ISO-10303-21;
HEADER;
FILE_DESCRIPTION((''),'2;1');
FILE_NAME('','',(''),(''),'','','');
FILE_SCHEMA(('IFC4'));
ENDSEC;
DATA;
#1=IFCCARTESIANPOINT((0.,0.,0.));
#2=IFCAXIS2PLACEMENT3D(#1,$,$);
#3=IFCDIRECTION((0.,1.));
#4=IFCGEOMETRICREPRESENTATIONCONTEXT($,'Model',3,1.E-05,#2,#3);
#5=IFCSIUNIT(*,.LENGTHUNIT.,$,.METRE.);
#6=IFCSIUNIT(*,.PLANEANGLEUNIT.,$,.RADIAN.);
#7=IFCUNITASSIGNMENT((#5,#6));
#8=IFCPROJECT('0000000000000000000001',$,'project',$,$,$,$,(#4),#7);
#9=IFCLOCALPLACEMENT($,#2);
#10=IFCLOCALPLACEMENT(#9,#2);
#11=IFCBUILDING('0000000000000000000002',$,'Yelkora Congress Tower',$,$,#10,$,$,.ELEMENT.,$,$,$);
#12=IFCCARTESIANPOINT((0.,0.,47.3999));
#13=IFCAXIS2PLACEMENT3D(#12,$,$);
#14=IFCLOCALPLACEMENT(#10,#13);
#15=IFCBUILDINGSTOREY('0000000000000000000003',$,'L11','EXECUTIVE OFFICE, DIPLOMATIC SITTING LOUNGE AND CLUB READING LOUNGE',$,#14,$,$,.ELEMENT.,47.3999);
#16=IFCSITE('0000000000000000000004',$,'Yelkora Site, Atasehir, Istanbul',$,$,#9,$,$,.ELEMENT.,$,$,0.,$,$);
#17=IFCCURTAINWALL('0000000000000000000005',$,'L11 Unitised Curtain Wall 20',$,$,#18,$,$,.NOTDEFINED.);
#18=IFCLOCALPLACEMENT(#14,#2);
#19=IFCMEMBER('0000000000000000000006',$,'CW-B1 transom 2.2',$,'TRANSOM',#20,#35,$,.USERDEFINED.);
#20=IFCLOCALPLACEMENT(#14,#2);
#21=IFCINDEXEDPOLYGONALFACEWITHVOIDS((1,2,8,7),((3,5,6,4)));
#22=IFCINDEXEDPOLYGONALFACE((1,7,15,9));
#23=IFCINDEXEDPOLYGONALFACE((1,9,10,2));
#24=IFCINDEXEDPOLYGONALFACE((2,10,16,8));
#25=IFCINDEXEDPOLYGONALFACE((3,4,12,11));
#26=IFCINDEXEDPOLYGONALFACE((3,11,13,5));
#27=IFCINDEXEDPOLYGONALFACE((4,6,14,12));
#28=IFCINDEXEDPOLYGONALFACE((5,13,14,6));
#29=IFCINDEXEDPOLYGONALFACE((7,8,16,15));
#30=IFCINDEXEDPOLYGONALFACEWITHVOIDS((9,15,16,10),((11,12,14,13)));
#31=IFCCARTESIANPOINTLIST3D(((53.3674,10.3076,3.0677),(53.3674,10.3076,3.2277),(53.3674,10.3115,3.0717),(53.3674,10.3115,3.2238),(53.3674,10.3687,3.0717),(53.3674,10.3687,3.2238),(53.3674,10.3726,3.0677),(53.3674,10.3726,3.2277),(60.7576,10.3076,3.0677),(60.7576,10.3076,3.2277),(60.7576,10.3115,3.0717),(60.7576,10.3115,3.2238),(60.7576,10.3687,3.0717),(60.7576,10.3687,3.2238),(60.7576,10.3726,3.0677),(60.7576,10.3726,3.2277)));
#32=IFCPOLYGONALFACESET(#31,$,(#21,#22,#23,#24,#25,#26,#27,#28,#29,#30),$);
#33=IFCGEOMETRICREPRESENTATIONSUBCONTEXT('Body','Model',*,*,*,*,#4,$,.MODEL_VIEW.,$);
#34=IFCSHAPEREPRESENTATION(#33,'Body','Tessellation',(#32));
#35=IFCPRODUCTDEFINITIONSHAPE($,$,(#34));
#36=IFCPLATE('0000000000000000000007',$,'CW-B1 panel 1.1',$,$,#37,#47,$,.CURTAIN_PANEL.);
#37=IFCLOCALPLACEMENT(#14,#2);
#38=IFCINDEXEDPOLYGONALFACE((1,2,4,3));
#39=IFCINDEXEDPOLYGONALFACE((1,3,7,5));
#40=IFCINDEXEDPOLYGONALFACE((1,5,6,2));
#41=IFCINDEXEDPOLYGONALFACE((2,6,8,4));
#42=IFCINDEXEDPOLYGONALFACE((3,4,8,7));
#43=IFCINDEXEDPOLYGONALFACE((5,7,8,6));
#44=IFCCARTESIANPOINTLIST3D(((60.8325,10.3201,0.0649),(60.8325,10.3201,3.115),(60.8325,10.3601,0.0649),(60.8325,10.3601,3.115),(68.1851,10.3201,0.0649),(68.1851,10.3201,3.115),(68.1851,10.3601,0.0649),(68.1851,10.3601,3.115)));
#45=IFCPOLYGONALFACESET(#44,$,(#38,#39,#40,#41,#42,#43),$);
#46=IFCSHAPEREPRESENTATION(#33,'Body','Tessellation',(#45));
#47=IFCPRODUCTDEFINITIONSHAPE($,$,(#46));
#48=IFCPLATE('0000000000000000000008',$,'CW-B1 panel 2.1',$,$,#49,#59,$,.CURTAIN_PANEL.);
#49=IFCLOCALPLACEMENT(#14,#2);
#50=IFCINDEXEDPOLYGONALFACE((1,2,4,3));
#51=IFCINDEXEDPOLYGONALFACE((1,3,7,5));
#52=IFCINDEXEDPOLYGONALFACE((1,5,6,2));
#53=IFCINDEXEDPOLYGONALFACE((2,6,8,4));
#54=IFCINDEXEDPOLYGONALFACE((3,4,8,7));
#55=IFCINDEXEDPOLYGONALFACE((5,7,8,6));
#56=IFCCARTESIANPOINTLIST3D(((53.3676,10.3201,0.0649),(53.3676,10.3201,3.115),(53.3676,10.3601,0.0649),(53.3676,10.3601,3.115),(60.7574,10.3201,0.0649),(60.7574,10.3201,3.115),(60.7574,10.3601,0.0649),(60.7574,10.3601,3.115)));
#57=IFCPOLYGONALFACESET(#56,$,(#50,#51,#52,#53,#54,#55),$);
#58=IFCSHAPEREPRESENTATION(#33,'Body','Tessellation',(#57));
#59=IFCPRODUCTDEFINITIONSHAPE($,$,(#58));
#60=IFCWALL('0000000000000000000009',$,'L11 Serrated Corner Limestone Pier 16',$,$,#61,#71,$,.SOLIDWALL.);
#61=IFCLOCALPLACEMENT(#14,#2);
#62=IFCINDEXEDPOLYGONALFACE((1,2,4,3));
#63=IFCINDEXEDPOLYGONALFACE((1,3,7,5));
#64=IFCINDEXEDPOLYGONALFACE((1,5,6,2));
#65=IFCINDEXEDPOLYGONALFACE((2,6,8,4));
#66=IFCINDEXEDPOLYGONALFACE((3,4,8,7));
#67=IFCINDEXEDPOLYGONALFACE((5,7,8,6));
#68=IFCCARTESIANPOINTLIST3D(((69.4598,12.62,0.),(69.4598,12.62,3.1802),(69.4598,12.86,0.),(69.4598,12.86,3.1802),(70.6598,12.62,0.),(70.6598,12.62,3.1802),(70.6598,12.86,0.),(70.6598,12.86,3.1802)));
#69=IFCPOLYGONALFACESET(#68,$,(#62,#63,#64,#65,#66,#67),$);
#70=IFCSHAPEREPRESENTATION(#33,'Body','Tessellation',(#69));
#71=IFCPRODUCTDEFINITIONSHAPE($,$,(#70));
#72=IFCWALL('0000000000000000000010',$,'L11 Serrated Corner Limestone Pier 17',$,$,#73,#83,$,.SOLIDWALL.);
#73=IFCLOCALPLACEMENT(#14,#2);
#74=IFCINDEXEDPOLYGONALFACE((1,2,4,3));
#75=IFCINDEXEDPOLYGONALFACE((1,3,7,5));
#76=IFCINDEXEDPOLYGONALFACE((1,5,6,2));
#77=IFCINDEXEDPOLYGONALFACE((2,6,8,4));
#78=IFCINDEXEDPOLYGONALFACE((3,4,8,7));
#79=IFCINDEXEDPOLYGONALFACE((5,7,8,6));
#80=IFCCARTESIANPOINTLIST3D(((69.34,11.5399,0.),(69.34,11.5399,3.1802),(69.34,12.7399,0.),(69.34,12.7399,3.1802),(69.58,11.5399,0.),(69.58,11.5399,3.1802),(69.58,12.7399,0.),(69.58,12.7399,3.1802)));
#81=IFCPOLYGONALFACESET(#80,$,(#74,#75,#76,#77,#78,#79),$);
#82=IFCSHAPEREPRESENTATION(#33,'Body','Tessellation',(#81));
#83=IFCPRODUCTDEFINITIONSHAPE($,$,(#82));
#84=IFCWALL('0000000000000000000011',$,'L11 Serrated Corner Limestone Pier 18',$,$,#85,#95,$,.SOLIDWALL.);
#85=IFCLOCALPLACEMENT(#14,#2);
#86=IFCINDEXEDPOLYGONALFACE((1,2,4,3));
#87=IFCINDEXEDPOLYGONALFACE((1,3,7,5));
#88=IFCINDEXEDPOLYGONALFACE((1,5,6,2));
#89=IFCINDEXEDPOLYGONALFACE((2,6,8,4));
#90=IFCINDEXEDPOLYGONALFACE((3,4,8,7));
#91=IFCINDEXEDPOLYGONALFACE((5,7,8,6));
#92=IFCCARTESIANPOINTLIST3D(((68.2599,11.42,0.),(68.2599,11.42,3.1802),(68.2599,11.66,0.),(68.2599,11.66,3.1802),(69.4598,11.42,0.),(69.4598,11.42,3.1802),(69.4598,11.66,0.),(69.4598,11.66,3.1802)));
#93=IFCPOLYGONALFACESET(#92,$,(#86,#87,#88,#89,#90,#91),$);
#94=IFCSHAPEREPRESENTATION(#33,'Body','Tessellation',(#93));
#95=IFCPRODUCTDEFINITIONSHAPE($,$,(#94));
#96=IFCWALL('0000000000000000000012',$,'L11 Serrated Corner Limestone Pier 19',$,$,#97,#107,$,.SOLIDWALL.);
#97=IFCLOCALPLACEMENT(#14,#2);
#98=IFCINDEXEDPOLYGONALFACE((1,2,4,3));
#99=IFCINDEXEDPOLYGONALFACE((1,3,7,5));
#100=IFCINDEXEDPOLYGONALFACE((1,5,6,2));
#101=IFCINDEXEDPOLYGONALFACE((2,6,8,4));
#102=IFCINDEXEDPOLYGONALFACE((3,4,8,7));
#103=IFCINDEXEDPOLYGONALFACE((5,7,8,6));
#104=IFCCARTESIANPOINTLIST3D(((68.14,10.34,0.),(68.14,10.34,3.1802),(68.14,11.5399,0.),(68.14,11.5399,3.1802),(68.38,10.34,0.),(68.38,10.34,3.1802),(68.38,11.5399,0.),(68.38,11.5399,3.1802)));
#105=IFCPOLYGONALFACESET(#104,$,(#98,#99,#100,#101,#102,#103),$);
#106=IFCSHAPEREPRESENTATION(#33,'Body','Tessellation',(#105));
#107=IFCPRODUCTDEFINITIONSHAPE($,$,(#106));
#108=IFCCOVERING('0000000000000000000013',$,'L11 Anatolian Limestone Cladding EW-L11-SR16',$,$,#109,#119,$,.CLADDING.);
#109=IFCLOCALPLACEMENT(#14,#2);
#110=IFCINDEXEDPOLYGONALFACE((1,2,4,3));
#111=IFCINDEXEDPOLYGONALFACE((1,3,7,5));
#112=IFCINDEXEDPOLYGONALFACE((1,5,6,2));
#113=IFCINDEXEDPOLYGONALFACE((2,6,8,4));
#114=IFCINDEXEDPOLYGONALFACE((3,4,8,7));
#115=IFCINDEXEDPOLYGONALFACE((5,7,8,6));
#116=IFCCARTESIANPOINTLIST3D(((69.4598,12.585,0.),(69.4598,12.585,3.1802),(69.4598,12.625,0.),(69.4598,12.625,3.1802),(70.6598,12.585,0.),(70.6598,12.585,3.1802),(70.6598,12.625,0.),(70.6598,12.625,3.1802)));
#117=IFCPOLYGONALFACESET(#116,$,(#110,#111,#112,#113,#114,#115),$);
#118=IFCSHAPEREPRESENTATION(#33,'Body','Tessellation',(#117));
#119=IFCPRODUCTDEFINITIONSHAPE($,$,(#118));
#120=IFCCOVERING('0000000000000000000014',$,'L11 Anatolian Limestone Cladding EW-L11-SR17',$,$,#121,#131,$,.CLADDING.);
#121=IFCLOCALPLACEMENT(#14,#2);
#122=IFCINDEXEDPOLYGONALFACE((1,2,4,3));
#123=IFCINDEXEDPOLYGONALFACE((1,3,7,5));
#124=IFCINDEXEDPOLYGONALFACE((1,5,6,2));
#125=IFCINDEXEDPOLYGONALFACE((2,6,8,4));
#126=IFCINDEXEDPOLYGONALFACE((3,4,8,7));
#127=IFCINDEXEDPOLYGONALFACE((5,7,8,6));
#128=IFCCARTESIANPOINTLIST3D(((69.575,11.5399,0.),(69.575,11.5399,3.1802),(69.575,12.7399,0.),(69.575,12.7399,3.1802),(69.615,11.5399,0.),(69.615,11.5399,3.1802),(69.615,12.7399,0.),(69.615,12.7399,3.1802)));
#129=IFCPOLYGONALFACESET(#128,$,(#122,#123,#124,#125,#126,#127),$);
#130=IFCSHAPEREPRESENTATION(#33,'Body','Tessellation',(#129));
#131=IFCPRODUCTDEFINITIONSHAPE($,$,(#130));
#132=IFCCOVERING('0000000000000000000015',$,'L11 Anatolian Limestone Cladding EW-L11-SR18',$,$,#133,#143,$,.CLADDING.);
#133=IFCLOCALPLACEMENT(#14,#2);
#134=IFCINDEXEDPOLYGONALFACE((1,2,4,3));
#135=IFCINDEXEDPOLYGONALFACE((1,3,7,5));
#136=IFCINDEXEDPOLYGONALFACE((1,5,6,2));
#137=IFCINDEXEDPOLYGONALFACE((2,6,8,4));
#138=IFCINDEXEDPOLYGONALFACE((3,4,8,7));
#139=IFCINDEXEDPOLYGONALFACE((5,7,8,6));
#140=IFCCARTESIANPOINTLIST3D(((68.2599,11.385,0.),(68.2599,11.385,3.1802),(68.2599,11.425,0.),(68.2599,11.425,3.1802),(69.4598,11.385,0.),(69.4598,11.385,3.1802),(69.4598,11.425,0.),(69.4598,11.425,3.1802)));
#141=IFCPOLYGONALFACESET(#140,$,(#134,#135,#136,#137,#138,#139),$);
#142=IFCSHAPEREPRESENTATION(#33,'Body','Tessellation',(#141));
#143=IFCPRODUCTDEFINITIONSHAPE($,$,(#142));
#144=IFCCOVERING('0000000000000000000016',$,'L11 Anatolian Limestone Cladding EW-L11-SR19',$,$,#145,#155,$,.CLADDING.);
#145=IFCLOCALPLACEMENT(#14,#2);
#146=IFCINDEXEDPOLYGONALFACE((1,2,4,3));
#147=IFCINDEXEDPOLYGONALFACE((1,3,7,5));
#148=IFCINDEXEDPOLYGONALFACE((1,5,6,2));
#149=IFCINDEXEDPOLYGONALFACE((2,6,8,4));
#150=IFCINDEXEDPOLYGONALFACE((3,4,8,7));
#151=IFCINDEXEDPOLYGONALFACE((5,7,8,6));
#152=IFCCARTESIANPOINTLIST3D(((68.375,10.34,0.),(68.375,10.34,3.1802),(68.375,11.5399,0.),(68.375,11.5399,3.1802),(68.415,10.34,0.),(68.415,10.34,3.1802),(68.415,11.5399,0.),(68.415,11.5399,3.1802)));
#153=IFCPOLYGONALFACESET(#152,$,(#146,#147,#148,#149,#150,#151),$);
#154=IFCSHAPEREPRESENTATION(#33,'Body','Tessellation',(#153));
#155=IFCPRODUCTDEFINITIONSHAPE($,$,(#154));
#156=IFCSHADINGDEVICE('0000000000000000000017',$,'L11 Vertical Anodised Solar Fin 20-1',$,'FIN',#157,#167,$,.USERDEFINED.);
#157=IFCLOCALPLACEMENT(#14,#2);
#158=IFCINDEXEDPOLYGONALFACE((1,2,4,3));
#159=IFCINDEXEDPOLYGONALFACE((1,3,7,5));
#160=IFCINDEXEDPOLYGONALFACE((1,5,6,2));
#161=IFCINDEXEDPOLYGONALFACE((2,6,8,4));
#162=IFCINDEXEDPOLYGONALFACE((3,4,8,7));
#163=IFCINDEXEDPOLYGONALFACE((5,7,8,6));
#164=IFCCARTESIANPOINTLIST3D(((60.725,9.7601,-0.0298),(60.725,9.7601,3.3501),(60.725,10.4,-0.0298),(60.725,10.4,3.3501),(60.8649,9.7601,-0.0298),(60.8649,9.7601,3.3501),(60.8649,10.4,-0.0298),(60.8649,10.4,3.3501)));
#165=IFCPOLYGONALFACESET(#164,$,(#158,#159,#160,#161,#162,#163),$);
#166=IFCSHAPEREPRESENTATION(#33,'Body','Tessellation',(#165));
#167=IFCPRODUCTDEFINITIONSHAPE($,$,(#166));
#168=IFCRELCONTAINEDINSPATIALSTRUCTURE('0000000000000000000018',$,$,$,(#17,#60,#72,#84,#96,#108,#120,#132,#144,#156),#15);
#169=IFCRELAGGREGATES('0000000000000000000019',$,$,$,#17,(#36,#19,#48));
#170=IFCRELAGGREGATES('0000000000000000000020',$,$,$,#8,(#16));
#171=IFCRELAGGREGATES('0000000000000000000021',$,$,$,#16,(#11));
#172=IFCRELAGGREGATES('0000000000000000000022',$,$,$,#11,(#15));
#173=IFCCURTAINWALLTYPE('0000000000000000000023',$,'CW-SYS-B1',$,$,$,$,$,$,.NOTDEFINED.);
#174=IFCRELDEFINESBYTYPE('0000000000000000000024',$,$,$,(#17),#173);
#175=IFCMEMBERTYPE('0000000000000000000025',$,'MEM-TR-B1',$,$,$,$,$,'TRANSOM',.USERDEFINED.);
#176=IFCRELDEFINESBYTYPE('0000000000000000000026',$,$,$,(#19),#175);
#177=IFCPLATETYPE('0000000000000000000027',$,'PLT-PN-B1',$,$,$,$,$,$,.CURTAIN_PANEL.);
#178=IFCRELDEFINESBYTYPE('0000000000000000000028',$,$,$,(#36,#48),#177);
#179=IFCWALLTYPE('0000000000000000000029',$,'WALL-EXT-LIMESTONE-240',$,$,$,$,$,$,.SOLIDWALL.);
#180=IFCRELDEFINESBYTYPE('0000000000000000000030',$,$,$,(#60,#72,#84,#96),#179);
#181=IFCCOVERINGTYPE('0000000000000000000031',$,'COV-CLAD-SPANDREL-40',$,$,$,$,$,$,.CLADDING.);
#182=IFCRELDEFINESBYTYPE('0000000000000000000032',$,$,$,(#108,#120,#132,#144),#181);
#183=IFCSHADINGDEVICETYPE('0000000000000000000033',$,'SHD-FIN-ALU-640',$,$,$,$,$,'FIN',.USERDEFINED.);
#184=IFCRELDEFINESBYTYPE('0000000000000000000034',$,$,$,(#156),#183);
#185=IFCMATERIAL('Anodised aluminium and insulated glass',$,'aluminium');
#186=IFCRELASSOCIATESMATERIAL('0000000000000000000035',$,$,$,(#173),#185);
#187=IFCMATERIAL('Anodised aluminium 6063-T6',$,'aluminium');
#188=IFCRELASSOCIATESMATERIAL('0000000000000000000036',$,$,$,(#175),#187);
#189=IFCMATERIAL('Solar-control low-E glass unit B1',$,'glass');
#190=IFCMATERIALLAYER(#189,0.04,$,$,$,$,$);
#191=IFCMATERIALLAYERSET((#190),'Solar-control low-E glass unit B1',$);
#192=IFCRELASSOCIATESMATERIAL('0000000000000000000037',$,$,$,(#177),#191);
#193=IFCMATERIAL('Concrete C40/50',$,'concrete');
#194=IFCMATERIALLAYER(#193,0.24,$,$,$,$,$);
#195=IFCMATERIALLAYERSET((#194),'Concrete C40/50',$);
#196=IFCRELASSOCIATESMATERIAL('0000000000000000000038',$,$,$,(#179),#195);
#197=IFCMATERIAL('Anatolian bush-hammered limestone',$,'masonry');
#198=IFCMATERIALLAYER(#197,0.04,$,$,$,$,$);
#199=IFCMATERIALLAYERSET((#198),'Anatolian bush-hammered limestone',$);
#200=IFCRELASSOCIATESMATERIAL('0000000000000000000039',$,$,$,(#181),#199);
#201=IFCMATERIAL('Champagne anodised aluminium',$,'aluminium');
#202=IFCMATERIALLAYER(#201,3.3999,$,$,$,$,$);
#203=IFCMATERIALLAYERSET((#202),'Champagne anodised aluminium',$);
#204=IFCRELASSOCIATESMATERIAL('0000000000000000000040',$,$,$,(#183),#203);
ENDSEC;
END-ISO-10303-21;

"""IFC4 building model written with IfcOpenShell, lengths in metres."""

from ifc_helpers import new_model, si_unit, direction, frame, frame_2d, origin, origin_2d, place, context, subcontext, project, spatial, rectangle, hollow_rectangle, extrude, material, layer, layer_set, material_profile, profile_set, type_object, element, aggregate, save


model = new_model("IFC4")

# Units and contexts
model_context = context("Model", 3, precision=1e-05, world=origin(), true_north=direction((0.0, 1.0)))
body_context = subcontext(model_context, "Body", "Model", "MODEL_VIEW")
ifc_project = project(units=[si_unit("LENGTHUNIT", "METRE"), si_unit("PLANEANGLEUNIT", "RADIAN")], contexts=[model_context])

# Site, building, storey
site_placement = place(None, origin())
site = spatial("IfcSite", under=ifc_project, at=site_placement, Name="Yelkora Site, Atasehir, Istanbul", CompositionType="ELEMENT", RefElevation=0.0)
building_placement = place(site_placement, origin())
building = spatial("IfcBuilding", under=site, at=building_placement, Name="Yelkora Congress Tower", CompositionType="ELEMENT")
storey_placement = place(building_placement, frame((0.0, 0.0, 47.3999)))
storey = spatial("IfcBuildingStorey", under=building, at=storey_placement, Name="L11", Description="EXECUTIVE OFFICE, DIPLOMATIC SITTING LOUNGE AND CLUB READING LOUNGE", CompositionType="ELEMENT", Elevation=47.3999)

# Curtain wall, member, plates
ifc_material_1 = material(Name="Anodised aluminium and insulated glass", Category="aluminium")
curtain_wall_type = type_object("IfcCurtainWallType", Name="CW-SYS-B1", PredefinedType="NOTDEFINED", material=ifc_material_1)
curtain_wall_placement = place(storey_placement, origin())
curtain_wall = element("IfcCurtainWall", 1, at=curtain_wall_placement, inside=storey, type_object=curtain_wall_type, Name="L11 Unitised Curtain Wall 20", PredefinedType="NOTDEFINED")
ifc_material_2 = material(Name="Anodised aluminium 6063-T6", Category="aluminium")
ifc_material_profile_1 = material_profile(ifc_material_2, hollow_rectangle(XDim=0.0649, YDim=0.1599, WallThickness=0.0039, at=origin_2d()), Name="ALU 65x160x4")
ifc_profile_set_1 = profile_set([ifc_material_profile_1], Name="Anodised aluminium 6063-T6")
member_type_1 = type_object("IfcMemberType", Name="MEM-TR-B1", ElementType="TRANSOM", PredefinedType="USERDEFINED", material=ifc_profile_set_1)
member_1_placement = place(storey_placement, frame((60.7576, 10.3401, 3.1477), z_axis=(-1.0, 0.0, 0.0), x_axis=(0.0, -1.0, 0.0)))
member_1 = element("IfcMember", 2, at=member_1_placement, type_object=member_type_1, Name="CW-B1 transom 2.2", ObjectType="TRANSOM", PredefinedType="USERDEFINED", context=body_context, shape_type="SweptSolid", body=[
    extrude(hollow_rectangle(XDim=0.0649, YDim=0.1599, WallThickness=0.0039, at=origin_2d()), origin(), (0.0, 0.0, 1.0), 7.3901),
])
ifc_material_3 = material(Name="Solar-control low-E glass unit B1", Category="glass")
ifc_layer_1 = layer(ifc_material_3, 0.04)
ifc_layer_set_1 = layer_set([ifc_layer_1], Name="Solar-control low-E glass unit B1")
plate_type = type_object("IfcPlateType", Name="PLT-PN-B1", PredefinedType="CURTAIN_PANEL", material=ifc_layer_set_1)
plate_1_placement = place(storey_placement, frame((64.5088, 10.3401, 0.0649), z_axis=(0.0, 0.0, 1.0), x_axis=(-1.0, 0.0, 0.0)))
plate_1 = element("IfcPlate", 3, at=plate_1_placement, type_object=plate_type, Name="CW-B1 panel 1.1", PredefinedType="CURTAIN_PANEL", context=body_context, shape_type="SweptSolid", body=[
    extrude(rectangle(XDim=7.3525, YDim=0.04, at=origin_2d()), origin(), (0.0, 0.0, 1.0), 3.05),
])
plate_2_placement = place(storey_placement, frame((57.0625, 10.3401, 0.0649), z_axis=(0.0, 0.0, 1.0), x_axis=(-1.0, 0.0, 0.0)))
plate_2 = element("IfcPlate", 4, at=plate_2_placement, type_object=plate_type, Name="CW-B1 panel 2.1", PredefinedType="CURTAIN_PANEL", context=body_context, shape_type="SweptSolid", body=[
    extrude(rectangle(XDim=7.3899, YDim=0.04, at=origin_2d()), origin(), (0.0, 0.0, 1.0), 3.05),
])
aggregate(curtain_wall, [plate_1, member_1, plate_2])

# Walls
ifc_material_4 = material(Name="Concrete C40/50", Category="concrete")
ifc_layer_2 = layer(ifc_material_4, 0.24)
ifc_layer_set_2 = layer_set([ifc_layer_2], Name="Concrete C40/50")
wall_type = type_object("IfcWallType", Name="WALL-EXT-LIMESTONE-240", PredefinedType="SOLIDWALL", material=ifc_layer_set_2)
for number, where, z_axis, x_axis, name in (
    (5, (70.6599, 12.74, 0.0), (0.0, 0.0, 1.0), (-1.0, 0.0, 0.0), "L11 Serrated Corner Limestone Pier 16"),
    (6, (69.46, 12.74, 0.0), (0.0, 0.0, 1.0), (0.0, -1.0, 0.0), "L11 Serrated Corner Limestone Pier 17"),
    (7, (69.46, 11.54, 0.0), (0.0, 0.0, 1.0), (-1.0, 0.0, 0.0), "L11 Serrated Corner Limestone Pier 18"),
    (8, (68.26, 11.54, 0.0), (0.0, 0.0, 1.0), (0.0, -1.0, 0.0), "L11 Serrated Corner Limestone Pier 19"),
):
    element("IfcWall", number, at=place(storey_placement, frame(where, z_axis=z_axis, x_axis=x_axis)), inside=storey, type_object=wall_type, Name=name, PredefinedType="SOLIDWALL", context=body_context, shape_type="SweptSolid", body=[
        extrude(rectangle(XDim=1.2, YDim=0.24, at=frame_2d((0.6001, 0.0))), origin(), (0.0, 0.0, 1.0), 3.1802),
    ])

# Coverings
ifc_material_5 = material(Name="Anatolian bush-hammered limestone", Category="masonry")
ifc_layer_3 = layer(ifc_material_5, 0.04)
ifc_layer_set_3 = layer_set([ifc_layer_3], Name="Anatolian bush-hammered limestone")
covering_type = type_object("IfcCoveringType", Name="COV-CLAD-SPANDREL-40", PredefinedType="CLADDING", material=ifc_layer_set_3)
for number, where, z_axis, x_axis, name in (
    (9, (70.6599, 12.605, 0.0), (0.0, 0.0, 1.0), (-1.0, 0.0, 0.0), "L11 Anatolian Limestone Cladding EW-L11-SR16"),
    (10, (69.595, 12.74, 0.0), (0.0, 0.0, 1.0), (0.0, -1.0, 0.0), "L11 Anatolian Limestone Cladding EW-L11-SR17"),
    (11, (69.46, 11.405, 0.0), (0.0, 0.0, 1.0), (-1.0, 0.0, 0.0), "L11 Anatolian Limestone Cladding EW-L11-SR18"),
    (12, (68.395, 11.54, 0.0), (0.0, 0.0, 1.0), (0.0, -1.0, 0.0), "L11 Anatolian Limestone Cladding EW-L11-SR19"),
):
    element("IfcCovering", number, at=place(storey_placement, frame(where, z_axis=z_axis, x_axis=x_axis)), inside=storey, type_object=covering_type, Name=name, PredefinedType="CLADDING", context=body_context, shape_type="SweptSolid", body=[
        extrude(rectangle(XDim=1.2, YDim=0.04, at=frame_2d((0.6001, 0.0))), origin(), (0.0, 0.0, 1.0), 3.1802),
    ])

# Shading device
ifc_material_6 = material(Name="Champagne anodised aluminium", Category="aluminium")
ifc_layer_4 = layer(ifc_material_6, 3.3999)
ifc_layer_set_4 = layer_set([ifc_layer_4], Name="Champagne anodised aluminium")
shading_device_type = type_object("IfcShadingDeviceType", Name="SHD-FIN-ALU-640", ElementType="FIN", PredefinedType="USERDEFINED", material=ifc_layer_set_4)
shading_device_placement = place(storey_placement, frame((60.7949, 10.0801, -0.0298), z_axis=(0.0, 0.0, 1.0), x_axis=(-1.0, 0.0, 0.0)))
element("IfcShadingDevice", 13, at=shading_device_placement, inside=storey, type_object=shading_device_type, Name="L11 Vertical Anodised Solar Fin 20-1", ObjectType="FIN", PredefinedType="USERDEFINED", context=body_context, shape_type="SweptSolid", body=[
    extrude(rectangle(XDim=0.1399, YDim=0.6399, at=origin_2d()), origin(), (0.0, 0.0, 1.0), 3.3799),
])

save(model, "model.ifc")
